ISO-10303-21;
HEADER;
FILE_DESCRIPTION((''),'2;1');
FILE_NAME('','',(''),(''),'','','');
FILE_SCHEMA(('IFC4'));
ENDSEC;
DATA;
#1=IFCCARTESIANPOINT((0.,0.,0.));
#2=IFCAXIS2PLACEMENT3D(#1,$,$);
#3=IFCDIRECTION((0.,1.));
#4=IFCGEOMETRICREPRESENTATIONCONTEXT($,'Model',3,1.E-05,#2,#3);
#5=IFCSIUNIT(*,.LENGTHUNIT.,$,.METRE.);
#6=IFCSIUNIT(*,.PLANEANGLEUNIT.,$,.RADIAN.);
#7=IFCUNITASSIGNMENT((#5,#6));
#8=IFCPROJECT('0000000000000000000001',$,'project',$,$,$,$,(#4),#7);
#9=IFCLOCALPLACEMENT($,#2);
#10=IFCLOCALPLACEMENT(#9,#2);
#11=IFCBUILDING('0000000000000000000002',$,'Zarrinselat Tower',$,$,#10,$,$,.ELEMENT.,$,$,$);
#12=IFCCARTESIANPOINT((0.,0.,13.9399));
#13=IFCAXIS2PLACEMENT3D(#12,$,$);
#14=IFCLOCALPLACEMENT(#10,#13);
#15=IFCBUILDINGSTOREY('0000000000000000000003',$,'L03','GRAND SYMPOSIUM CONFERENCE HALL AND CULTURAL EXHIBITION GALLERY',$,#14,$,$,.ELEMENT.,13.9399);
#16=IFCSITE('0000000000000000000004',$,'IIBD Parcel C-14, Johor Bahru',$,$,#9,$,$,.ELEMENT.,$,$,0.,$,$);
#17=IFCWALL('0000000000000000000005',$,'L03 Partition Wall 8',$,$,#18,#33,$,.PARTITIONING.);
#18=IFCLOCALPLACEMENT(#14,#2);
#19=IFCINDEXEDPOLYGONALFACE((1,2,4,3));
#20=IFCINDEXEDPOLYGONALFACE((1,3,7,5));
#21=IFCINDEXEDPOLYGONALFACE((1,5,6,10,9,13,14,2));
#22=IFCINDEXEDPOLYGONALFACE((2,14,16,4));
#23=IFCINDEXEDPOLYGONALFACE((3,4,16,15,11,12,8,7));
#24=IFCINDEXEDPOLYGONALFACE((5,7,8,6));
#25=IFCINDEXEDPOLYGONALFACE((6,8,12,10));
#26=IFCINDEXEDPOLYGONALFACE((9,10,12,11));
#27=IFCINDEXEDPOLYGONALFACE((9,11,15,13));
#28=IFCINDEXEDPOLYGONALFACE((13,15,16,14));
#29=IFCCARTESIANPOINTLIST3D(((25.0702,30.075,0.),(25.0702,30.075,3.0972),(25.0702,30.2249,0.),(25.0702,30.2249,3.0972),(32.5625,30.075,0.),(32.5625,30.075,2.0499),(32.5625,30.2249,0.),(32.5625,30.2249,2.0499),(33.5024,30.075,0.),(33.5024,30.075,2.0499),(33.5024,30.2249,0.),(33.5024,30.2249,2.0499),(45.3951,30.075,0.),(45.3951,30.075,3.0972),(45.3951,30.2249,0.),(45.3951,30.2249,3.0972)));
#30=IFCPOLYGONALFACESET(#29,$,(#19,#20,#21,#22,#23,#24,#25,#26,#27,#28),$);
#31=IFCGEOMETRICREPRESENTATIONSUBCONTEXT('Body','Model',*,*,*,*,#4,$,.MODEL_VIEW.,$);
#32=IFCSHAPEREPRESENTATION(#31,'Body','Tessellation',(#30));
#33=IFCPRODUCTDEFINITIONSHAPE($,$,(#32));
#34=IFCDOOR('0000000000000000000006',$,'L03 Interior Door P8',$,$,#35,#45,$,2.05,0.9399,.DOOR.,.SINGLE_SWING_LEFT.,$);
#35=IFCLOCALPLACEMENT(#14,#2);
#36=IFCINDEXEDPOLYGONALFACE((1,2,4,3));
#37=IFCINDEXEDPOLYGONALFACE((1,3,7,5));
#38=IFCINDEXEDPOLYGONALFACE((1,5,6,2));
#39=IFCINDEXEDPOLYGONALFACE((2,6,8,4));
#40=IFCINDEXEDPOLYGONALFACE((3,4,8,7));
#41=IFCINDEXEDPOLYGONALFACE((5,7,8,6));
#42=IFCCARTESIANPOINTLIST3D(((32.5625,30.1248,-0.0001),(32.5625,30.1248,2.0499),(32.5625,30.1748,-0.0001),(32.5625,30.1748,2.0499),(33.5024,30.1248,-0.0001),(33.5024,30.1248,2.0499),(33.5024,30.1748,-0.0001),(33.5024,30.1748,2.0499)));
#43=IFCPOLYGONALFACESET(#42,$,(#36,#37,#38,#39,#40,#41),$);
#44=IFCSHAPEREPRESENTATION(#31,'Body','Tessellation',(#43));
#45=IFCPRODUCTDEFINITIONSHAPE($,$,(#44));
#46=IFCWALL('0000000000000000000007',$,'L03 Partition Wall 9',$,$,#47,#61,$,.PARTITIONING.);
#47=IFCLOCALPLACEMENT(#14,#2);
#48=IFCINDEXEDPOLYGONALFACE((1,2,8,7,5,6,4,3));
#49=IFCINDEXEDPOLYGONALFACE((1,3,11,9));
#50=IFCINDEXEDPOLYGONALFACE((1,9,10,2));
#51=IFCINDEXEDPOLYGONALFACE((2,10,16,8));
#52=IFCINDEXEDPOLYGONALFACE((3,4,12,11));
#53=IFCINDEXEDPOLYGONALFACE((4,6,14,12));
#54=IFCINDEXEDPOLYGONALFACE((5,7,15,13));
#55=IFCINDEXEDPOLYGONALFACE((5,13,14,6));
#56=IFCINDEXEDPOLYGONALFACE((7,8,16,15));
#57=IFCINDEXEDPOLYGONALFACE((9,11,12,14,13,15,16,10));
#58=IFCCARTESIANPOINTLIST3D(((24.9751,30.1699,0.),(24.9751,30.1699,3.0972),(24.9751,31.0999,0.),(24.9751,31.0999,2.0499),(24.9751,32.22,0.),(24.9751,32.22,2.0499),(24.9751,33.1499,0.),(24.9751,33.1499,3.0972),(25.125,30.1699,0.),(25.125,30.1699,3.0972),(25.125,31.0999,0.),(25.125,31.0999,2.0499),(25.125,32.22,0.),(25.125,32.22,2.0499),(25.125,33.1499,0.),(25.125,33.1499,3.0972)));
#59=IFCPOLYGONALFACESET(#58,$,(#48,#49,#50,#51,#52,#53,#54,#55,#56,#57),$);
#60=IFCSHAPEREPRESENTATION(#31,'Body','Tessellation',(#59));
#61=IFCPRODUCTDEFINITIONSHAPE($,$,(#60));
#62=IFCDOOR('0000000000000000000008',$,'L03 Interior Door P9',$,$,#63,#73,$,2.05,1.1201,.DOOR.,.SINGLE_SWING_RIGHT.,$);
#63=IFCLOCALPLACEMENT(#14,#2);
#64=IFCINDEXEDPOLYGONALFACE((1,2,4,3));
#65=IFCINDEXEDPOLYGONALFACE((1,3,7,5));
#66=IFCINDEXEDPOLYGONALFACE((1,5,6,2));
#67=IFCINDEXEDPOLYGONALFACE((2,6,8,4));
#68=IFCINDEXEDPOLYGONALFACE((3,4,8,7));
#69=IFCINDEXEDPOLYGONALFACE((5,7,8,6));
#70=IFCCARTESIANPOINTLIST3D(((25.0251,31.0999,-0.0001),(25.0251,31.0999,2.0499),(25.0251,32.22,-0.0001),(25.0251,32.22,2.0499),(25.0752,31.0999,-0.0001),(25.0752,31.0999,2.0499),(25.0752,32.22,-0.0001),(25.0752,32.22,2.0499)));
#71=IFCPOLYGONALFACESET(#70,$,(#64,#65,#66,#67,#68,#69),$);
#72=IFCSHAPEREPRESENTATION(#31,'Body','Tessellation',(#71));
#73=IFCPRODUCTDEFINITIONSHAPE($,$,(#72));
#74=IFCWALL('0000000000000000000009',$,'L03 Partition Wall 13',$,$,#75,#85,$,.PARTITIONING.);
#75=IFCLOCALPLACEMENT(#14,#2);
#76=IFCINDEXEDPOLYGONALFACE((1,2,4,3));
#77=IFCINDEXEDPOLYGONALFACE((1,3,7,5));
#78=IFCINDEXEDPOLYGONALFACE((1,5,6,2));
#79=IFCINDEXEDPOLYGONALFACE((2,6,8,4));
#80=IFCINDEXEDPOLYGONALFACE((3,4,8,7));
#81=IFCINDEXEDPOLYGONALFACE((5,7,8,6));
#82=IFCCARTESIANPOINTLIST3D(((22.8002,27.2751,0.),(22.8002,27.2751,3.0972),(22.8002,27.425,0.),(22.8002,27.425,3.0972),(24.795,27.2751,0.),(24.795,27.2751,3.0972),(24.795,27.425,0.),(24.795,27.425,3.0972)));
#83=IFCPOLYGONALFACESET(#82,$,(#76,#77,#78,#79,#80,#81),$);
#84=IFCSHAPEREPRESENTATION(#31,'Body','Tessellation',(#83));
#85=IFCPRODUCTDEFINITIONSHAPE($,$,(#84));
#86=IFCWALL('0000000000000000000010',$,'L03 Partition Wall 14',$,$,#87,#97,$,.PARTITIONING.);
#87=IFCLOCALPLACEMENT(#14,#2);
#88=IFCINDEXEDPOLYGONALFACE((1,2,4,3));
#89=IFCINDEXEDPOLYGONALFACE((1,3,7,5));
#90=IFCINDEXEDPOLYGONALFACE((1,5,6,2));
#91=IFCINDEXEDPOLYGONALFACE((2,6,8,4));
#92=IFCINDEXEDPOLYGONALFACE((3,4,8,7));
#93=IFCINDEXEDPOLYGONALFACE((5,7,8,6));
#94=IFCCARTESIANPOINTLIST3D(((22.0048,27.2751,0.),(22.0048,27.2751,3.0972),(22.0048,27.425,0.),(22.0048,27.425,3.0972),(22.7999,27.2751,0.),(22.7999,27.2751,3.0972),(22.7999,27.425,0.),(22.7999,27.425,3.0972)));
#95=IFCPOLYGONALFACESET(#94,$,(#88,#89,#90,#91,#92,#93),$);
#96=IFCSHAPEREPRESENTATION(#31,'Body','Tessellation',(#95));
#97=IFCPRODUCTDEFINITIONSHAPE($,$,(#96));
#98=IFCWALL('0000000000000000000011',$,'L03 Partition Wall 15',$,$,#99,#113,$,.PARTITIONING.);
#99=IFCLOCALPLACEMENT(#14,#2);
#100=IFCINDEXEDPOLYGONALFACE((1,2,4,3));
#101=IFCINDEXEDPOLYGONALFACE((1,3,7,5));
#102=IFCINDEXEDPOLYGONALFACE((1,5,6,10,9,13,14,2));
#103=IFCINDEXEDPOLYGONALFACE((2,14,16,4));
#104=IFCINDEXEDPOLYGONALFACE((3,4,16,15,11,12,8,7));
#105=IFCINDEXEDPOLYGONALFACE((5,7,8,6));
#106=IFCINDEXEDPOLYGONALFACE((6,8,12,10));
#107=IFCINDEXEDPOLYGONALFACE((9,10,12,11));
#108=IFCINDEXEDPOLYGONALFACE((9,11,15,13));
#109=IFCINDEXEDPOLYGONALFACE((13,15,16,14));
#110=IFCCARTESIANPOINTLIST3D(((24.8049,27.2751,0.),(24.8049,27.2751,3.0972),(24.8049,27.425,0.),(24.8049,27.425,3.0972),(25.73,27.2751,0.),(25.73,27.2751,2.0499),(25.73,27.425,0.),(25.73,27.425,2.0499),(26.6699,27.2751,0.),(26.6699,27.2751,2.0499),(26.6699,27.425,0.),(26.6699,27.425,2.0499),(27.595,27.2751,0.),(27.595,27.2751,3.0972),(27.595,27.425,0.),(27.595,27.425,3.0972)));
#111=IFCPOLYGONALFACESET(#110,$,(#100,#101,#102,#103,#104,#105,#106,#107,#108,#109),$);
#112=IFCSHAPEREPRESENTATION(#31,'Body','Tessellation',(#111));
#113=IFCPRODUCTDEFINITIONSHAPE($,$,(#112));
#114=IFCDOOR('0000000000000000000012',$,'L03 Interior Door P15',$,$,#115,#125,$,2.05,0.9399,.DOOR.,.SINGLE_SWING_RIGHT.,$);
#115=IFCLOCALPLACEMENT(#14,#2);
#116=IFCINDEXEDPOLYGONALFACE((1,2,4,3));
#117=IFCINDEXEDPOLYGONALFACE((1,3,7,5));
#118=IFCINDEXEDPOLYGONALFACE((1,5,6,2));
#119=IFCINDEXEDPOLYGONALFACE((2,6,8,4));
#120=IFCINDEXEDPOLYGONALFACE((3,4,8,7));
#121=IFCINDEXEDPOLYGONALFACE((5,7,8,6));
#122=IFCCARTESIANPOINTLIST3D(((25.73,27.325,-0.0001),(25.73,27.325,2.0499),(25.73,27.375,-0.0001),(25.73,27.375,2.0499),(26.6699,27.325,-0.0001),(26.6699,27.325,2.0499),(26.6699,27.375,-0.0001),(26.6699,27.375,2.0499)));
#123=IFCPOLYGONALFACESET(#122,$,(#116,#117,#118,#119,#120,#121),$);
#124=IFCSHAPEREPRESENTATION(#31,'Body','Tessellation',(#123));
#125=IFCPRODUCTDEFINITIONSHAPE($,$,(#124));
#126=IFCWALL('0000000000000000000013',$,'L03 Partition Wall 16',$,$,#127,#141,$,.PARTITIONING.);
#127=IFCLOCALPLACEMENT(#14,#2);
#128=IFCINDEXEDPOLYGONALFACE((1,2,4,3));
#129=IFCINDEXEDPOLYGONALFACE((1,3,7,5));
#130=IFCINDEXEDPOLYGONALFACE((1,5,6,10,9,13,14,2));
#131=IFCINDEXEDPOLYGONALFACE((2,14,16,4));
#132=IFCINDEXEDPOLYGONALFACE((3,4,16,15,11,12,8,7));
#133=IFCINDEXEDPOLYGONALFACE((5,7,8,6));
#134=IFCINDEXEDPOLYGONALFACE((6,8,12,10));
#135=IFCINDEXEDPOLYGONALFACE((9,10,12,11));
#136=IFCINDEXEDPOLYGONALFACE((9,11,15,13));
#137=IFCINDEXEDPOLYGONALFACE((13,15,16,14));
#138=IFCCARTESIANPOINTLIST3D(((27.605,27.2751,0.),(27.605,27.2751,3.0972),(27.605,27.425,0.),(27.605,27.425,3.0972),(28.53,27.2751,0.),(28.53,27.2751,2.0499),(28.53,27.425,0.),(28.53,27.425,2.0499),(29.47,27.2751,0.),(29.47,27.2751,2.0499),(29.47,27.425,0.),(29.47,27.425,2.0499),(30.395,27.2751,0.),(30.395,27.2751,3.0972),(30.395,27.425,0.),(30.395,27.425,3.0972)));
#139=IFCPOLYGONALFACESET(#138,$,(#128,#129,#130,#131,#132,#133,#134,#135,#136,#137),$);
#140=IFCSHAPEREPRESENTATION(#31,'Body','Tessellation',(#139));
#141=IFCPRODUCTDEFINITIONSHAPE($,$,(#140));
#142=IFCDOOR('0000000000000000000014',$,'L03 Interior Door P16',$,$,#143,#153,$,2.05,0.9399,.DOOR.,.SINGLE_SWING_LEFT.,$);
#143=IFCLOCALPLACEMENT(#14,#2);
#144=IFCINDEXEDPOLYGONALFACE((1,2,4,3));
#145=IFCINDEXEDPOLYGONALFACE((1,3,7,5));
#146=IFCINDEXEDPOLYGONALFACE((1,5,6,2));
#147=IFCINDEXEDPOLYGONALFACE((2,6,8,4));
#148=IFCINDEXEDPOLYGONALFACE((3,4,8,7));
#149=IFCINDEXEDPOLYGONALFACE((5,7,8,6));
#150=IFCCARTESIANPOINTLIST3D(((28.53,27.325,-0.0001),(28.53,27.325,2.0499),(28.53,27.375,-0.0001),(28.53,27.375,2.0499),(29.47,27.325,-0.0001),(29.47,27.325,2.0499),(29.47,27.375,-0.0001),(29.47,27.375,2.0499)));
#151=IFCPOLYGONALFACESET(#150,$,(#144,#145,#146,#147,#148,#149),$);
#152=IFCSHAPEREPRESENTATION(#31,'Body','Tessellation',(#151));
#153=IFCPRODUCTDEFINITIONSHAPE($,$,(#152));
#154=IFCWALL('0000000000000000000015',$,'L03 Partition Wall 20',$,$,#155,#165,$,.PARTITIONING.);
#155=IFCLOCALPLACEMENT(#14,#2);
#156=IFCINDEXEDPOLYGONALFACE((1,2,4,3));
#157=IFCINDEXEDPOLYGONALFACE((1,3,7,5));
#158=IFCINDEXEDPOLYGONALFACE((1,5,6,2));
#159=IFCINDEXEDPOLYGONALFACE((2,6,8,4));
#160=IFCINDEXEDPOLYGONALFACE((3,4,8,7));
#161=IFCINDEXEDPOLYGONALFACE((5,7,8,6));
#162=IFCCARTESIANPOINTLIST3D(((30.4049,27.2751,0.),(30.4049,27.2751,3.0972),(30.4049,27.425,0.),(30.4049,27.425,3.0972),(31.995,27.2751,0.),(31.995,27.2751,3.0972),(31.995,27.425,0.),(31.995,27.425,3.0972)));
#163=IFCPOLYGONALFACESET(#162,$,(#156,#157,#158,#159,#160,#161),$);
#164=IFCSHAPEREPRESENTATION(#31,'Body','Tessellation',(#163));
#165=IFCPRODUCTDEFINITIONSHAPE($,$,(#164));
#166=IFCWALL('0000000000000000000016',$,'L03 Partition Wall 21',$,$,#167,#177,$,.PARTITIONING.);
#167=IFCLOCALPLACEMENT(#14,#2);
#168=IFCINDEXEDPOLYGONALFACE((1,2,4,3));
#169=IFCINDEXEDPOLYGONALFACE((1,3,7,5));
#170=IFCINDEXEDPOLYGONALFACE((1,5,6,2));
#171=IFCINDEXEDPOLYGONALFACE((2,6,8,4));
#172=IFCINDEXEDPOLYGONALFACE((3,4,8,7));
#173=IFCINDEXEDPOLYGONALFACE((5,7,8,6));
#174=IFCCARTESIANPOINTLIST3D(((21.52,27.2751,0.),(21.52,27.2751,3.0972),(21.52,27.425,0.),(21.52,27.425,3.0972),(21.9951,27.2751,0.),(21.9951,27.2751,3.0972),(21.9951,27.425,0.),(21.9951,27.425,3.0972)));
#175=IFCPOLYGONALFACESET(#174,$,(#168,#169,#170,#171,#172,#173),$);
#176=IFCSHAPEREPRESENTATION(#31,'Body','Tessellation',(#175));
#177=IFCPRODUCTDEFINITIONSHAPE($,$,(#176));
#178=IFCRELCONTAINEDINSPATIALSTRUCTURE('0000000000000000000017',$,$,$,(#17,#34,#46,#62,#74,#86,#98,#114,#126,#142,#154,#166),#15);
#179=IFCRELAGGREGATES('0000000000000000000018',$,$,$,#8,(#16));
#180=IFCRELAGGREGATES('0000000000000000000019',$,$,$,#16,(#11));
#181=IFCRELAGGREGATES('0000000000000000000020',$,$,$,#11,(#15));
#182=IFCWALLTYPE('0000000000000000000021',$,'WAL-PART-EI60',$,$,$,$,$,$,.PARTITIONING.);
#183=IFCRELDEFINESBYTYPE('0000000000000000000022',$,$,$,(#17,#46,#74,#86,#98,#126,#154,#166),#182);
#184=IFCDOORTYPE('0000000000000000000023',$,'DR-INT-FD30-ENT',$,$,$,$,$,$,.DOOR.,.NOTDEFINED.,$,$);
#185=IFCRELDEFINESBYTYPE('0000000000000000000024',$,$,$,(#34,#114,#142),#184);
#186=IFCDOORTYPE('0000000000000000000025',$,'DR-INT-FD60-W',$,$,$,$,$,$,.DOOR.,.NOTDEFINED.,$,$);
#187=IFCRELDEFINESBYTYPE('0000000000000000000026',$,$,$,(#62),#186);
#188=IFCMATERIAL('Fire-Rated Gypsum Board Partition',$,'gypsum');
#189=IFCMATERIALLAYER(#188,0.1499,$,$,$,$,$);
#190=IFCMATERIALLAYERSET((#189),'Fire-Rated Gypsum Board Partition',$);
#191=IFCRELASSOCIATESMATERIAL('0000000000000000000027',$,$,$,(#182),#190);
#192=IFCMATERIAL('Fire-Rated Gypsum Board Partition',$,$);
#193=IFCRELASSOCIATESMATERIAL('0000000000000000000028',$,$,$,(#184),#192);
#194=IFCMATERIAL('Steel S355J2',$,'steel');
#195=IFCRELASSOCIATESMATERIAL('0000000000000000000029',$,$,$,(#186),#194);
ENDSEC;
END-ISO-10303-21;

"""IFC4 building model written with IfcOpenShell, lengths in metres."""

from ifc_helpers import new_model, si_unit, direction, frame, frame_2d, origin, place, context, subcontext, project, spatial, rectangle, extrude, material, layer, layer_set, type_object, element, fill, save


model = new_model("IFC4")

# Units and contexts
model_context = context("Model", 3, precision=1e-05, world=origin(), true_north=direction((0.0, 1.0)))
body_context = subcontext(model_context, "Body", "Model", "MODEL_VIEW")
ifc_project = project(units=[si_unit("LENGTHUNIT", "METRE"), si_unit("PLANEANGLEUNIT", "RADIAN")], contexts=[model_context])

# Site, building, storey
site_placement = place(None, origin())
site = spatial("IfcSite", under=ifc_project, at=site_placement, Name="IIBD Parcel C-14, Johor Bahru", CompositionType="ELEMENT", RefElevation=0.0)
building_placement = place(site_placement, origin())
building = spatial("IfcBuilding", under=site, at=building_placement, Name="Zarrinselat Tower", CompositionType="ELEMENT")
storey_placement = place(building_placement, frame((0.0, 0.0, 13.9399)))
storey = spatial("IfcBuildingStorey", under=building, at=storey_placement, Name="L03", Description="GRAND SYMPOSIUM CONFERENCE HALL AND CULTURAL EXHIBITION GALLERY", CompositionType="ELEMENT", Elevation=13.9399)

# Walls, openings, doors
ifc_material_1 = material(Name="Fire-Rated Gypsum Board Partition", Category="gypsum")
ifc_layer_1 = layer(ifc_material_1, 0.1499)
ifc_layer_set_1 = layer_set([ifc_layer_1], Name="Fire-Rated Gypsum Board Partition")
wall_type_1 = type_object("IfcWallType", Name="WAL-PART-EI60", PredefinedType="PARTITIONING", material=ifc_layer_set_1)
wall_1_placement = place(storey_placement, frame((25.0701, 30.1499, 0.0), z_axis=(0.0, 0.0, 1.0), x_axis=(1.0, 0.0, 0.0)))
wall_1 = element("IfcWall", 1, at=wall_1_placement, inside=storey, type_object=wall_type_1, Name="L03 Partition Wall 8", PredefinedType="PARTITIONING", context=body_context, shape_type="SweptSolid", body=[
    extrude(rectangle(XDim=20.325, YDim=0.1499, at=frame_2d((10.1626, 0.0))), origin(), (0.0, 0.0, 1.0), 3.0972),
])
opening_1_placement = place(wall_1_placement, frame((7.4924, 0.0, 0.0)))
opening_1 = element("IfcOpeningElement", 2, at=opening_1_placement, cuts=wall_1, PredefinedType="OPENING", context=body_context, shape_type="SweptSolid", body=[
    extrude(rectangle(XDim=0.9399, YDim=2.05, at=frame_2d((0.47, 1.0249))), frame((0.0, 0.085, 0.0), z_axis=(0.0, -1.0, 0.0), x_axis=(1.0, 0.0, 0.0)), (0.0, 0.0, 1.0), 0.1699),
])
ifc_material_2 = material(Name="Fire-Rated Gypsum Board Partition")
door_type_1 = type_object("IfcDoorType", Name="DR-INT-FD30-ENT", OperationType="NOTDEFINED", PredefinedType="DOOR", material=ifc_material_2)
door_1_placement = place(opening_1_placement, origin())
door_1 = element("IfcDoor", 3, at=door_1_placement, inside=storey, type_object=door_type_1, Name="L03 Interior Door P8", OperationType="SINGLE_SWING_LEFT", OverallHeight=2.05, OverallWidth=0.9399, PredefinedType="DOOR", context=body_context, shape_type="SweptSolid", body=[
    extrude(rectangle(XDim=0.9399, YDim=2.05, at=frame_2d((0.47, 1.0249))), frame((0.0, 0.0249, 0.0), z_axis=(0.0, -1.0, 0.0), x_axis=(1.0, 0.0, 0.0)), (0.0, 0.0, 1.0), 0.05),
])
fill(opening_1, door_1)
wall_2_placement = place(storey_placement, frame((25.05, 30.1699, 0.0), z_axis=(0.0, 0.0, 1.0), x_axis=(0.0, 1.0, 0.0)))
wall_2 = element("IfcWall", 4, at=wall_2_placement, inside=storey, type_object=wall_type_1, Name="L03 Partition Wall 9", PredefinedType="PARTITIONING", context=body_context, shape_type="SweptSolid", body=[
    extrude(rectangle(XDim=2.98, YDim=0.1499, at=frame_2d((1.49, 0.0))), origin(), (0.0, 0.0, 1.0), 3.0972),
])
opening_2_placement = place(wall_2_placement, frame((0.9299, 0.0, 0.0)))
opening_2 = element("IfcOpeningElement", 5, at=opening_2_placement, cuts=wall_2, PredefinedType="OPENING", context=body_context, shape_type="SweptSolid", body=[
    extrude(rectangle(XDim=1.1201, YDim=2.05, at=frame_2d((0.5601, 1.0249))), frame((0.0, 0.085, 0.0), z_axis=(0.0, -1.0, 0.0), x_axis=(1.0, 0.0, 0.0)), (0.0, 0.0, 1.0), 0.1699),
])
ifc_material_3 = material(Name="Steel S355J2", Category="steel")
door_type_2 = type_object("IfcDoorType", Name="DR-INT-FD60-W", OperationType="NOTDEFINED", PredefinedType="DOOR", material=ifc_material_3)
door_2_placement = place(opening_2_placement, origin())
door_2 = element("IfcDoor", 6, at=door_2_placement, inside=storey, type_object=door_type_2, Name="L03 Interior Door P9", OperationType="SINGLE_SWING_RIGHT", OverallHeight=2.05, OverallWidth=1.1201, PredefinedType="DOOR", context=body_context, shape_type="SweptSolid", body=[
    extrude(rectangle(XDim=1.1201, YDim=2.05, at=frame_2d((0.5601, 1.0249))), frame((0.0, 0.0249, 0.0), z_axis=(0.0, -1.0, 0.0), x_axis=(1.0, 0.0, 0.0)), (0.0, 0.0, 1.0), 0.05),
])
fill(opening_2, door_2)

# Walls
wall_3_placement = place(storey_placement, frame((22.8, 27.3501, 0.0), z_axis=(0.0, 0.0, 1.0), x_axis=(1.0, 0.0, 0.0)))
element("IfcWall", 7, at=wall_3_placement, inside=storey, type_object=wall_type_1, Name="L03 Partition Wall 13", PredefinedType="PARTITIONING", context=body_context, shape_type="SweptSolid", body=[
    extrude(rectangle(XDim=1.9949, YDim=0.1499, at=frame_2d((0.9976, 0.0))), origin(), (0.0, 0.0, 1.0), 3.0972),
])
wall_4_placement = place(storey_placement, frame((22.0049, 27.3501, 0.0), z_axis=(0.0, 0.0, 1.0), x_axis=(1.0, 0.0, 0.0)))
element("IfcWall", 8, at=wall_4_placement, inside=storey, type_object=wall_type_1, Name="L03 Partition Wall 14", PredefinedType="PARTITIONING", context=body_context, shape_type="SweptSolid", body=[
    extrude(rectangle(XDim=0.7952, YDim=0.1499, at=frame_2d((0.3975, 0.0))), origin(), (0.0, 0.0, 1.0), 3.0972),
])

# Walls, openings, doors
wall_5_placement = place(storey_placement, frame((24.8049, 27.3501, 0.0), z_axis=(0.0, 0.0, 1.0), x_axis=(1.0, 0.0, 0.0)))
wall_5 = element("IfcWall", 9, at=wall_5_placement, inside=storey, type_object=wall_type_1, Name="L03 Partition Wall 15", PredefinedType="PARTITIONING", context=body_context, shape_type="SweptSolid", body=[
    extrude(rectangle(XDim=2.79, YDim=0.1499, at=frame_2d((1.395, 0.0))), origin(), (0.0, 0.0, 1.0), 3.0972),
])
opening_3_placement = place(wall_5_placement, frame((0.925, 0.0, 0.0)))
opening_3 = element("IfcOpeningElement", 10, at=opening_3_placement, cuts=wall_5, PredefinedType="OPENING", context=body_context, shape_type="SweptSolid", body=[
    extrude(rectangle(XDim=0.9399, YDim=2.05, at=frame_2d((0.47, 1.0249))), frame((0.0, 0.085, 0.0), z_axis=(0.0, -1.0, 0.0), x_axis=(1.0, 0.0, 0.0)), (0.0, 0.0, 1.0), 0.1699),
])
door_3_placement = place(opening_3_placement, origin())
door_3 = element("IfcDoor", 11, at=door_3_placement, inside=storey, type_object=door_type_1, Name="L03 Interior Door P15", OperationType="SINGLE_SWING_RIGHT", OverallHeight=2.05, OverallWidth=0.9399, PredefinedType="DOOR", context=body_context, shape_type="SweptSolid", body=[
    extrude(rectangle(XDim=0.9399, YDim=2.05, at=frame_2d((0.47, 1.0249))), frame((0.0, 0.0249, 0.0), z_axis=(0.0, -1.0, 0.0), x_axis=(1.0, 0.0, 0.0)), (0.0, 0.0, 1.0), 0.05),
])
fill(opening_3, door_3)
wall_6_placement = place(storey_placement, frame((27.605, 27.3501, 0.0), z_axis=(0.0, 0.0, 1.0), x_axis=(1.0, 0.0, 0.0)))
wall_6 = element("IfcWall", 12, at=wall_6_placement, inside=storey, type_object=wall_type_1, Name="L03 Partition Wall 16", PredefinedType="PARTITIONING", context=body_context, shape_type="SweptSolid", body=[
    extrude(rectangle(XDim=2.79, YDim=0.1499, at=frame_2d((1.395, 0.0))), origin(), (0.0, 0.0, 1.0), 3.0972),
])
opening_4_placement = place(wall_6_placement, frame((0.925, 0.0, 0.0)))
opening_4 = element("IfcOpeningElement", 13, at=opening_4_placement, cuts=wall_6, PredefinedType="OPENING", context=body_context, shape_type="SweptSolid", body=[
    extrude(rectangle(XDim=0.9399, YDim=2.05, at=frame_2d((0.47, 1.0249))), frame((0.0, 0.085, 0.0), z_axis=(0.0, -1.0, 0.0), x_axis=(1.0, 0.0, 0.0)), (0.0, 0.0, 1.0), 0.1699),
])
door_4_placement = place(opening_4_placement, origin())
door_4 = element("IfcDoor", 14, at=door_4_placement, inside=storey, type_object=door_type_1, Name="L03 Interior Door P16", OperationType="SINGLE_SWING_LEFT", OverallHeight=2.05, OverallWidth=0.9399, PredefinedType="DOOR", context=body_context, shape_type="SweptSolid", body=[
    extrude(rectangle(XDim=0.9399, YDim=2.05, at=frame_2d((0.47, 1.0249))), frame((0.0, 0.0249, 0.0), z_axis=(0.0, -1.0, 0.0), x_axis=(1.0, 0.0, 0.0)), (0.0, 0.0, 1.0), 0.05),
])
fill(opening_4, door_4)

# Walls
wall_7_placement = place(storey_placement, frame((30.405, 27.3501, 0.0), z_axis=(0.0, 0.0, 1.0), x_axis=(1.0, 0.0, 0.0)))
element("IfcWall", 15, at=wall_7_placement, inside=storey, type_object=wall_type_1, Name="L03 Partition Wall 20", PredefinedType="PARTITIONING", context=body_context, shape_type="SweptSolid", body=[
    extrude(rectangle(XDim=1.5901, YDim=0.1499, at=frame_2d((0.7949, 0.0))), origin(), (0.0, 0.0, 1.0), 3.0972),
])
wall_8_placement = place(storey_placement, frame((21.52, 27.3501, 0.0), z_axis=(0.0, 0.0, 1.0), x_axis=(1.0, 0.0, 0.0)))
element("IfcWall", 16, at=wall_8_placement, inside=storey, type_object=wall_type_1, Name="L03 Partition Wall 21", PredefinedType="PARTITIONING", context=body_context, shape_type="SweptSolid", body=[
    extrude(rectangle(XDim=0.4751, YDim=0.1499, at=frame_2d((0.2375, 0.0))), origin(), (0.0, 0.0, 1.0), 3.0972),
])

save(model, "model.ifc")
